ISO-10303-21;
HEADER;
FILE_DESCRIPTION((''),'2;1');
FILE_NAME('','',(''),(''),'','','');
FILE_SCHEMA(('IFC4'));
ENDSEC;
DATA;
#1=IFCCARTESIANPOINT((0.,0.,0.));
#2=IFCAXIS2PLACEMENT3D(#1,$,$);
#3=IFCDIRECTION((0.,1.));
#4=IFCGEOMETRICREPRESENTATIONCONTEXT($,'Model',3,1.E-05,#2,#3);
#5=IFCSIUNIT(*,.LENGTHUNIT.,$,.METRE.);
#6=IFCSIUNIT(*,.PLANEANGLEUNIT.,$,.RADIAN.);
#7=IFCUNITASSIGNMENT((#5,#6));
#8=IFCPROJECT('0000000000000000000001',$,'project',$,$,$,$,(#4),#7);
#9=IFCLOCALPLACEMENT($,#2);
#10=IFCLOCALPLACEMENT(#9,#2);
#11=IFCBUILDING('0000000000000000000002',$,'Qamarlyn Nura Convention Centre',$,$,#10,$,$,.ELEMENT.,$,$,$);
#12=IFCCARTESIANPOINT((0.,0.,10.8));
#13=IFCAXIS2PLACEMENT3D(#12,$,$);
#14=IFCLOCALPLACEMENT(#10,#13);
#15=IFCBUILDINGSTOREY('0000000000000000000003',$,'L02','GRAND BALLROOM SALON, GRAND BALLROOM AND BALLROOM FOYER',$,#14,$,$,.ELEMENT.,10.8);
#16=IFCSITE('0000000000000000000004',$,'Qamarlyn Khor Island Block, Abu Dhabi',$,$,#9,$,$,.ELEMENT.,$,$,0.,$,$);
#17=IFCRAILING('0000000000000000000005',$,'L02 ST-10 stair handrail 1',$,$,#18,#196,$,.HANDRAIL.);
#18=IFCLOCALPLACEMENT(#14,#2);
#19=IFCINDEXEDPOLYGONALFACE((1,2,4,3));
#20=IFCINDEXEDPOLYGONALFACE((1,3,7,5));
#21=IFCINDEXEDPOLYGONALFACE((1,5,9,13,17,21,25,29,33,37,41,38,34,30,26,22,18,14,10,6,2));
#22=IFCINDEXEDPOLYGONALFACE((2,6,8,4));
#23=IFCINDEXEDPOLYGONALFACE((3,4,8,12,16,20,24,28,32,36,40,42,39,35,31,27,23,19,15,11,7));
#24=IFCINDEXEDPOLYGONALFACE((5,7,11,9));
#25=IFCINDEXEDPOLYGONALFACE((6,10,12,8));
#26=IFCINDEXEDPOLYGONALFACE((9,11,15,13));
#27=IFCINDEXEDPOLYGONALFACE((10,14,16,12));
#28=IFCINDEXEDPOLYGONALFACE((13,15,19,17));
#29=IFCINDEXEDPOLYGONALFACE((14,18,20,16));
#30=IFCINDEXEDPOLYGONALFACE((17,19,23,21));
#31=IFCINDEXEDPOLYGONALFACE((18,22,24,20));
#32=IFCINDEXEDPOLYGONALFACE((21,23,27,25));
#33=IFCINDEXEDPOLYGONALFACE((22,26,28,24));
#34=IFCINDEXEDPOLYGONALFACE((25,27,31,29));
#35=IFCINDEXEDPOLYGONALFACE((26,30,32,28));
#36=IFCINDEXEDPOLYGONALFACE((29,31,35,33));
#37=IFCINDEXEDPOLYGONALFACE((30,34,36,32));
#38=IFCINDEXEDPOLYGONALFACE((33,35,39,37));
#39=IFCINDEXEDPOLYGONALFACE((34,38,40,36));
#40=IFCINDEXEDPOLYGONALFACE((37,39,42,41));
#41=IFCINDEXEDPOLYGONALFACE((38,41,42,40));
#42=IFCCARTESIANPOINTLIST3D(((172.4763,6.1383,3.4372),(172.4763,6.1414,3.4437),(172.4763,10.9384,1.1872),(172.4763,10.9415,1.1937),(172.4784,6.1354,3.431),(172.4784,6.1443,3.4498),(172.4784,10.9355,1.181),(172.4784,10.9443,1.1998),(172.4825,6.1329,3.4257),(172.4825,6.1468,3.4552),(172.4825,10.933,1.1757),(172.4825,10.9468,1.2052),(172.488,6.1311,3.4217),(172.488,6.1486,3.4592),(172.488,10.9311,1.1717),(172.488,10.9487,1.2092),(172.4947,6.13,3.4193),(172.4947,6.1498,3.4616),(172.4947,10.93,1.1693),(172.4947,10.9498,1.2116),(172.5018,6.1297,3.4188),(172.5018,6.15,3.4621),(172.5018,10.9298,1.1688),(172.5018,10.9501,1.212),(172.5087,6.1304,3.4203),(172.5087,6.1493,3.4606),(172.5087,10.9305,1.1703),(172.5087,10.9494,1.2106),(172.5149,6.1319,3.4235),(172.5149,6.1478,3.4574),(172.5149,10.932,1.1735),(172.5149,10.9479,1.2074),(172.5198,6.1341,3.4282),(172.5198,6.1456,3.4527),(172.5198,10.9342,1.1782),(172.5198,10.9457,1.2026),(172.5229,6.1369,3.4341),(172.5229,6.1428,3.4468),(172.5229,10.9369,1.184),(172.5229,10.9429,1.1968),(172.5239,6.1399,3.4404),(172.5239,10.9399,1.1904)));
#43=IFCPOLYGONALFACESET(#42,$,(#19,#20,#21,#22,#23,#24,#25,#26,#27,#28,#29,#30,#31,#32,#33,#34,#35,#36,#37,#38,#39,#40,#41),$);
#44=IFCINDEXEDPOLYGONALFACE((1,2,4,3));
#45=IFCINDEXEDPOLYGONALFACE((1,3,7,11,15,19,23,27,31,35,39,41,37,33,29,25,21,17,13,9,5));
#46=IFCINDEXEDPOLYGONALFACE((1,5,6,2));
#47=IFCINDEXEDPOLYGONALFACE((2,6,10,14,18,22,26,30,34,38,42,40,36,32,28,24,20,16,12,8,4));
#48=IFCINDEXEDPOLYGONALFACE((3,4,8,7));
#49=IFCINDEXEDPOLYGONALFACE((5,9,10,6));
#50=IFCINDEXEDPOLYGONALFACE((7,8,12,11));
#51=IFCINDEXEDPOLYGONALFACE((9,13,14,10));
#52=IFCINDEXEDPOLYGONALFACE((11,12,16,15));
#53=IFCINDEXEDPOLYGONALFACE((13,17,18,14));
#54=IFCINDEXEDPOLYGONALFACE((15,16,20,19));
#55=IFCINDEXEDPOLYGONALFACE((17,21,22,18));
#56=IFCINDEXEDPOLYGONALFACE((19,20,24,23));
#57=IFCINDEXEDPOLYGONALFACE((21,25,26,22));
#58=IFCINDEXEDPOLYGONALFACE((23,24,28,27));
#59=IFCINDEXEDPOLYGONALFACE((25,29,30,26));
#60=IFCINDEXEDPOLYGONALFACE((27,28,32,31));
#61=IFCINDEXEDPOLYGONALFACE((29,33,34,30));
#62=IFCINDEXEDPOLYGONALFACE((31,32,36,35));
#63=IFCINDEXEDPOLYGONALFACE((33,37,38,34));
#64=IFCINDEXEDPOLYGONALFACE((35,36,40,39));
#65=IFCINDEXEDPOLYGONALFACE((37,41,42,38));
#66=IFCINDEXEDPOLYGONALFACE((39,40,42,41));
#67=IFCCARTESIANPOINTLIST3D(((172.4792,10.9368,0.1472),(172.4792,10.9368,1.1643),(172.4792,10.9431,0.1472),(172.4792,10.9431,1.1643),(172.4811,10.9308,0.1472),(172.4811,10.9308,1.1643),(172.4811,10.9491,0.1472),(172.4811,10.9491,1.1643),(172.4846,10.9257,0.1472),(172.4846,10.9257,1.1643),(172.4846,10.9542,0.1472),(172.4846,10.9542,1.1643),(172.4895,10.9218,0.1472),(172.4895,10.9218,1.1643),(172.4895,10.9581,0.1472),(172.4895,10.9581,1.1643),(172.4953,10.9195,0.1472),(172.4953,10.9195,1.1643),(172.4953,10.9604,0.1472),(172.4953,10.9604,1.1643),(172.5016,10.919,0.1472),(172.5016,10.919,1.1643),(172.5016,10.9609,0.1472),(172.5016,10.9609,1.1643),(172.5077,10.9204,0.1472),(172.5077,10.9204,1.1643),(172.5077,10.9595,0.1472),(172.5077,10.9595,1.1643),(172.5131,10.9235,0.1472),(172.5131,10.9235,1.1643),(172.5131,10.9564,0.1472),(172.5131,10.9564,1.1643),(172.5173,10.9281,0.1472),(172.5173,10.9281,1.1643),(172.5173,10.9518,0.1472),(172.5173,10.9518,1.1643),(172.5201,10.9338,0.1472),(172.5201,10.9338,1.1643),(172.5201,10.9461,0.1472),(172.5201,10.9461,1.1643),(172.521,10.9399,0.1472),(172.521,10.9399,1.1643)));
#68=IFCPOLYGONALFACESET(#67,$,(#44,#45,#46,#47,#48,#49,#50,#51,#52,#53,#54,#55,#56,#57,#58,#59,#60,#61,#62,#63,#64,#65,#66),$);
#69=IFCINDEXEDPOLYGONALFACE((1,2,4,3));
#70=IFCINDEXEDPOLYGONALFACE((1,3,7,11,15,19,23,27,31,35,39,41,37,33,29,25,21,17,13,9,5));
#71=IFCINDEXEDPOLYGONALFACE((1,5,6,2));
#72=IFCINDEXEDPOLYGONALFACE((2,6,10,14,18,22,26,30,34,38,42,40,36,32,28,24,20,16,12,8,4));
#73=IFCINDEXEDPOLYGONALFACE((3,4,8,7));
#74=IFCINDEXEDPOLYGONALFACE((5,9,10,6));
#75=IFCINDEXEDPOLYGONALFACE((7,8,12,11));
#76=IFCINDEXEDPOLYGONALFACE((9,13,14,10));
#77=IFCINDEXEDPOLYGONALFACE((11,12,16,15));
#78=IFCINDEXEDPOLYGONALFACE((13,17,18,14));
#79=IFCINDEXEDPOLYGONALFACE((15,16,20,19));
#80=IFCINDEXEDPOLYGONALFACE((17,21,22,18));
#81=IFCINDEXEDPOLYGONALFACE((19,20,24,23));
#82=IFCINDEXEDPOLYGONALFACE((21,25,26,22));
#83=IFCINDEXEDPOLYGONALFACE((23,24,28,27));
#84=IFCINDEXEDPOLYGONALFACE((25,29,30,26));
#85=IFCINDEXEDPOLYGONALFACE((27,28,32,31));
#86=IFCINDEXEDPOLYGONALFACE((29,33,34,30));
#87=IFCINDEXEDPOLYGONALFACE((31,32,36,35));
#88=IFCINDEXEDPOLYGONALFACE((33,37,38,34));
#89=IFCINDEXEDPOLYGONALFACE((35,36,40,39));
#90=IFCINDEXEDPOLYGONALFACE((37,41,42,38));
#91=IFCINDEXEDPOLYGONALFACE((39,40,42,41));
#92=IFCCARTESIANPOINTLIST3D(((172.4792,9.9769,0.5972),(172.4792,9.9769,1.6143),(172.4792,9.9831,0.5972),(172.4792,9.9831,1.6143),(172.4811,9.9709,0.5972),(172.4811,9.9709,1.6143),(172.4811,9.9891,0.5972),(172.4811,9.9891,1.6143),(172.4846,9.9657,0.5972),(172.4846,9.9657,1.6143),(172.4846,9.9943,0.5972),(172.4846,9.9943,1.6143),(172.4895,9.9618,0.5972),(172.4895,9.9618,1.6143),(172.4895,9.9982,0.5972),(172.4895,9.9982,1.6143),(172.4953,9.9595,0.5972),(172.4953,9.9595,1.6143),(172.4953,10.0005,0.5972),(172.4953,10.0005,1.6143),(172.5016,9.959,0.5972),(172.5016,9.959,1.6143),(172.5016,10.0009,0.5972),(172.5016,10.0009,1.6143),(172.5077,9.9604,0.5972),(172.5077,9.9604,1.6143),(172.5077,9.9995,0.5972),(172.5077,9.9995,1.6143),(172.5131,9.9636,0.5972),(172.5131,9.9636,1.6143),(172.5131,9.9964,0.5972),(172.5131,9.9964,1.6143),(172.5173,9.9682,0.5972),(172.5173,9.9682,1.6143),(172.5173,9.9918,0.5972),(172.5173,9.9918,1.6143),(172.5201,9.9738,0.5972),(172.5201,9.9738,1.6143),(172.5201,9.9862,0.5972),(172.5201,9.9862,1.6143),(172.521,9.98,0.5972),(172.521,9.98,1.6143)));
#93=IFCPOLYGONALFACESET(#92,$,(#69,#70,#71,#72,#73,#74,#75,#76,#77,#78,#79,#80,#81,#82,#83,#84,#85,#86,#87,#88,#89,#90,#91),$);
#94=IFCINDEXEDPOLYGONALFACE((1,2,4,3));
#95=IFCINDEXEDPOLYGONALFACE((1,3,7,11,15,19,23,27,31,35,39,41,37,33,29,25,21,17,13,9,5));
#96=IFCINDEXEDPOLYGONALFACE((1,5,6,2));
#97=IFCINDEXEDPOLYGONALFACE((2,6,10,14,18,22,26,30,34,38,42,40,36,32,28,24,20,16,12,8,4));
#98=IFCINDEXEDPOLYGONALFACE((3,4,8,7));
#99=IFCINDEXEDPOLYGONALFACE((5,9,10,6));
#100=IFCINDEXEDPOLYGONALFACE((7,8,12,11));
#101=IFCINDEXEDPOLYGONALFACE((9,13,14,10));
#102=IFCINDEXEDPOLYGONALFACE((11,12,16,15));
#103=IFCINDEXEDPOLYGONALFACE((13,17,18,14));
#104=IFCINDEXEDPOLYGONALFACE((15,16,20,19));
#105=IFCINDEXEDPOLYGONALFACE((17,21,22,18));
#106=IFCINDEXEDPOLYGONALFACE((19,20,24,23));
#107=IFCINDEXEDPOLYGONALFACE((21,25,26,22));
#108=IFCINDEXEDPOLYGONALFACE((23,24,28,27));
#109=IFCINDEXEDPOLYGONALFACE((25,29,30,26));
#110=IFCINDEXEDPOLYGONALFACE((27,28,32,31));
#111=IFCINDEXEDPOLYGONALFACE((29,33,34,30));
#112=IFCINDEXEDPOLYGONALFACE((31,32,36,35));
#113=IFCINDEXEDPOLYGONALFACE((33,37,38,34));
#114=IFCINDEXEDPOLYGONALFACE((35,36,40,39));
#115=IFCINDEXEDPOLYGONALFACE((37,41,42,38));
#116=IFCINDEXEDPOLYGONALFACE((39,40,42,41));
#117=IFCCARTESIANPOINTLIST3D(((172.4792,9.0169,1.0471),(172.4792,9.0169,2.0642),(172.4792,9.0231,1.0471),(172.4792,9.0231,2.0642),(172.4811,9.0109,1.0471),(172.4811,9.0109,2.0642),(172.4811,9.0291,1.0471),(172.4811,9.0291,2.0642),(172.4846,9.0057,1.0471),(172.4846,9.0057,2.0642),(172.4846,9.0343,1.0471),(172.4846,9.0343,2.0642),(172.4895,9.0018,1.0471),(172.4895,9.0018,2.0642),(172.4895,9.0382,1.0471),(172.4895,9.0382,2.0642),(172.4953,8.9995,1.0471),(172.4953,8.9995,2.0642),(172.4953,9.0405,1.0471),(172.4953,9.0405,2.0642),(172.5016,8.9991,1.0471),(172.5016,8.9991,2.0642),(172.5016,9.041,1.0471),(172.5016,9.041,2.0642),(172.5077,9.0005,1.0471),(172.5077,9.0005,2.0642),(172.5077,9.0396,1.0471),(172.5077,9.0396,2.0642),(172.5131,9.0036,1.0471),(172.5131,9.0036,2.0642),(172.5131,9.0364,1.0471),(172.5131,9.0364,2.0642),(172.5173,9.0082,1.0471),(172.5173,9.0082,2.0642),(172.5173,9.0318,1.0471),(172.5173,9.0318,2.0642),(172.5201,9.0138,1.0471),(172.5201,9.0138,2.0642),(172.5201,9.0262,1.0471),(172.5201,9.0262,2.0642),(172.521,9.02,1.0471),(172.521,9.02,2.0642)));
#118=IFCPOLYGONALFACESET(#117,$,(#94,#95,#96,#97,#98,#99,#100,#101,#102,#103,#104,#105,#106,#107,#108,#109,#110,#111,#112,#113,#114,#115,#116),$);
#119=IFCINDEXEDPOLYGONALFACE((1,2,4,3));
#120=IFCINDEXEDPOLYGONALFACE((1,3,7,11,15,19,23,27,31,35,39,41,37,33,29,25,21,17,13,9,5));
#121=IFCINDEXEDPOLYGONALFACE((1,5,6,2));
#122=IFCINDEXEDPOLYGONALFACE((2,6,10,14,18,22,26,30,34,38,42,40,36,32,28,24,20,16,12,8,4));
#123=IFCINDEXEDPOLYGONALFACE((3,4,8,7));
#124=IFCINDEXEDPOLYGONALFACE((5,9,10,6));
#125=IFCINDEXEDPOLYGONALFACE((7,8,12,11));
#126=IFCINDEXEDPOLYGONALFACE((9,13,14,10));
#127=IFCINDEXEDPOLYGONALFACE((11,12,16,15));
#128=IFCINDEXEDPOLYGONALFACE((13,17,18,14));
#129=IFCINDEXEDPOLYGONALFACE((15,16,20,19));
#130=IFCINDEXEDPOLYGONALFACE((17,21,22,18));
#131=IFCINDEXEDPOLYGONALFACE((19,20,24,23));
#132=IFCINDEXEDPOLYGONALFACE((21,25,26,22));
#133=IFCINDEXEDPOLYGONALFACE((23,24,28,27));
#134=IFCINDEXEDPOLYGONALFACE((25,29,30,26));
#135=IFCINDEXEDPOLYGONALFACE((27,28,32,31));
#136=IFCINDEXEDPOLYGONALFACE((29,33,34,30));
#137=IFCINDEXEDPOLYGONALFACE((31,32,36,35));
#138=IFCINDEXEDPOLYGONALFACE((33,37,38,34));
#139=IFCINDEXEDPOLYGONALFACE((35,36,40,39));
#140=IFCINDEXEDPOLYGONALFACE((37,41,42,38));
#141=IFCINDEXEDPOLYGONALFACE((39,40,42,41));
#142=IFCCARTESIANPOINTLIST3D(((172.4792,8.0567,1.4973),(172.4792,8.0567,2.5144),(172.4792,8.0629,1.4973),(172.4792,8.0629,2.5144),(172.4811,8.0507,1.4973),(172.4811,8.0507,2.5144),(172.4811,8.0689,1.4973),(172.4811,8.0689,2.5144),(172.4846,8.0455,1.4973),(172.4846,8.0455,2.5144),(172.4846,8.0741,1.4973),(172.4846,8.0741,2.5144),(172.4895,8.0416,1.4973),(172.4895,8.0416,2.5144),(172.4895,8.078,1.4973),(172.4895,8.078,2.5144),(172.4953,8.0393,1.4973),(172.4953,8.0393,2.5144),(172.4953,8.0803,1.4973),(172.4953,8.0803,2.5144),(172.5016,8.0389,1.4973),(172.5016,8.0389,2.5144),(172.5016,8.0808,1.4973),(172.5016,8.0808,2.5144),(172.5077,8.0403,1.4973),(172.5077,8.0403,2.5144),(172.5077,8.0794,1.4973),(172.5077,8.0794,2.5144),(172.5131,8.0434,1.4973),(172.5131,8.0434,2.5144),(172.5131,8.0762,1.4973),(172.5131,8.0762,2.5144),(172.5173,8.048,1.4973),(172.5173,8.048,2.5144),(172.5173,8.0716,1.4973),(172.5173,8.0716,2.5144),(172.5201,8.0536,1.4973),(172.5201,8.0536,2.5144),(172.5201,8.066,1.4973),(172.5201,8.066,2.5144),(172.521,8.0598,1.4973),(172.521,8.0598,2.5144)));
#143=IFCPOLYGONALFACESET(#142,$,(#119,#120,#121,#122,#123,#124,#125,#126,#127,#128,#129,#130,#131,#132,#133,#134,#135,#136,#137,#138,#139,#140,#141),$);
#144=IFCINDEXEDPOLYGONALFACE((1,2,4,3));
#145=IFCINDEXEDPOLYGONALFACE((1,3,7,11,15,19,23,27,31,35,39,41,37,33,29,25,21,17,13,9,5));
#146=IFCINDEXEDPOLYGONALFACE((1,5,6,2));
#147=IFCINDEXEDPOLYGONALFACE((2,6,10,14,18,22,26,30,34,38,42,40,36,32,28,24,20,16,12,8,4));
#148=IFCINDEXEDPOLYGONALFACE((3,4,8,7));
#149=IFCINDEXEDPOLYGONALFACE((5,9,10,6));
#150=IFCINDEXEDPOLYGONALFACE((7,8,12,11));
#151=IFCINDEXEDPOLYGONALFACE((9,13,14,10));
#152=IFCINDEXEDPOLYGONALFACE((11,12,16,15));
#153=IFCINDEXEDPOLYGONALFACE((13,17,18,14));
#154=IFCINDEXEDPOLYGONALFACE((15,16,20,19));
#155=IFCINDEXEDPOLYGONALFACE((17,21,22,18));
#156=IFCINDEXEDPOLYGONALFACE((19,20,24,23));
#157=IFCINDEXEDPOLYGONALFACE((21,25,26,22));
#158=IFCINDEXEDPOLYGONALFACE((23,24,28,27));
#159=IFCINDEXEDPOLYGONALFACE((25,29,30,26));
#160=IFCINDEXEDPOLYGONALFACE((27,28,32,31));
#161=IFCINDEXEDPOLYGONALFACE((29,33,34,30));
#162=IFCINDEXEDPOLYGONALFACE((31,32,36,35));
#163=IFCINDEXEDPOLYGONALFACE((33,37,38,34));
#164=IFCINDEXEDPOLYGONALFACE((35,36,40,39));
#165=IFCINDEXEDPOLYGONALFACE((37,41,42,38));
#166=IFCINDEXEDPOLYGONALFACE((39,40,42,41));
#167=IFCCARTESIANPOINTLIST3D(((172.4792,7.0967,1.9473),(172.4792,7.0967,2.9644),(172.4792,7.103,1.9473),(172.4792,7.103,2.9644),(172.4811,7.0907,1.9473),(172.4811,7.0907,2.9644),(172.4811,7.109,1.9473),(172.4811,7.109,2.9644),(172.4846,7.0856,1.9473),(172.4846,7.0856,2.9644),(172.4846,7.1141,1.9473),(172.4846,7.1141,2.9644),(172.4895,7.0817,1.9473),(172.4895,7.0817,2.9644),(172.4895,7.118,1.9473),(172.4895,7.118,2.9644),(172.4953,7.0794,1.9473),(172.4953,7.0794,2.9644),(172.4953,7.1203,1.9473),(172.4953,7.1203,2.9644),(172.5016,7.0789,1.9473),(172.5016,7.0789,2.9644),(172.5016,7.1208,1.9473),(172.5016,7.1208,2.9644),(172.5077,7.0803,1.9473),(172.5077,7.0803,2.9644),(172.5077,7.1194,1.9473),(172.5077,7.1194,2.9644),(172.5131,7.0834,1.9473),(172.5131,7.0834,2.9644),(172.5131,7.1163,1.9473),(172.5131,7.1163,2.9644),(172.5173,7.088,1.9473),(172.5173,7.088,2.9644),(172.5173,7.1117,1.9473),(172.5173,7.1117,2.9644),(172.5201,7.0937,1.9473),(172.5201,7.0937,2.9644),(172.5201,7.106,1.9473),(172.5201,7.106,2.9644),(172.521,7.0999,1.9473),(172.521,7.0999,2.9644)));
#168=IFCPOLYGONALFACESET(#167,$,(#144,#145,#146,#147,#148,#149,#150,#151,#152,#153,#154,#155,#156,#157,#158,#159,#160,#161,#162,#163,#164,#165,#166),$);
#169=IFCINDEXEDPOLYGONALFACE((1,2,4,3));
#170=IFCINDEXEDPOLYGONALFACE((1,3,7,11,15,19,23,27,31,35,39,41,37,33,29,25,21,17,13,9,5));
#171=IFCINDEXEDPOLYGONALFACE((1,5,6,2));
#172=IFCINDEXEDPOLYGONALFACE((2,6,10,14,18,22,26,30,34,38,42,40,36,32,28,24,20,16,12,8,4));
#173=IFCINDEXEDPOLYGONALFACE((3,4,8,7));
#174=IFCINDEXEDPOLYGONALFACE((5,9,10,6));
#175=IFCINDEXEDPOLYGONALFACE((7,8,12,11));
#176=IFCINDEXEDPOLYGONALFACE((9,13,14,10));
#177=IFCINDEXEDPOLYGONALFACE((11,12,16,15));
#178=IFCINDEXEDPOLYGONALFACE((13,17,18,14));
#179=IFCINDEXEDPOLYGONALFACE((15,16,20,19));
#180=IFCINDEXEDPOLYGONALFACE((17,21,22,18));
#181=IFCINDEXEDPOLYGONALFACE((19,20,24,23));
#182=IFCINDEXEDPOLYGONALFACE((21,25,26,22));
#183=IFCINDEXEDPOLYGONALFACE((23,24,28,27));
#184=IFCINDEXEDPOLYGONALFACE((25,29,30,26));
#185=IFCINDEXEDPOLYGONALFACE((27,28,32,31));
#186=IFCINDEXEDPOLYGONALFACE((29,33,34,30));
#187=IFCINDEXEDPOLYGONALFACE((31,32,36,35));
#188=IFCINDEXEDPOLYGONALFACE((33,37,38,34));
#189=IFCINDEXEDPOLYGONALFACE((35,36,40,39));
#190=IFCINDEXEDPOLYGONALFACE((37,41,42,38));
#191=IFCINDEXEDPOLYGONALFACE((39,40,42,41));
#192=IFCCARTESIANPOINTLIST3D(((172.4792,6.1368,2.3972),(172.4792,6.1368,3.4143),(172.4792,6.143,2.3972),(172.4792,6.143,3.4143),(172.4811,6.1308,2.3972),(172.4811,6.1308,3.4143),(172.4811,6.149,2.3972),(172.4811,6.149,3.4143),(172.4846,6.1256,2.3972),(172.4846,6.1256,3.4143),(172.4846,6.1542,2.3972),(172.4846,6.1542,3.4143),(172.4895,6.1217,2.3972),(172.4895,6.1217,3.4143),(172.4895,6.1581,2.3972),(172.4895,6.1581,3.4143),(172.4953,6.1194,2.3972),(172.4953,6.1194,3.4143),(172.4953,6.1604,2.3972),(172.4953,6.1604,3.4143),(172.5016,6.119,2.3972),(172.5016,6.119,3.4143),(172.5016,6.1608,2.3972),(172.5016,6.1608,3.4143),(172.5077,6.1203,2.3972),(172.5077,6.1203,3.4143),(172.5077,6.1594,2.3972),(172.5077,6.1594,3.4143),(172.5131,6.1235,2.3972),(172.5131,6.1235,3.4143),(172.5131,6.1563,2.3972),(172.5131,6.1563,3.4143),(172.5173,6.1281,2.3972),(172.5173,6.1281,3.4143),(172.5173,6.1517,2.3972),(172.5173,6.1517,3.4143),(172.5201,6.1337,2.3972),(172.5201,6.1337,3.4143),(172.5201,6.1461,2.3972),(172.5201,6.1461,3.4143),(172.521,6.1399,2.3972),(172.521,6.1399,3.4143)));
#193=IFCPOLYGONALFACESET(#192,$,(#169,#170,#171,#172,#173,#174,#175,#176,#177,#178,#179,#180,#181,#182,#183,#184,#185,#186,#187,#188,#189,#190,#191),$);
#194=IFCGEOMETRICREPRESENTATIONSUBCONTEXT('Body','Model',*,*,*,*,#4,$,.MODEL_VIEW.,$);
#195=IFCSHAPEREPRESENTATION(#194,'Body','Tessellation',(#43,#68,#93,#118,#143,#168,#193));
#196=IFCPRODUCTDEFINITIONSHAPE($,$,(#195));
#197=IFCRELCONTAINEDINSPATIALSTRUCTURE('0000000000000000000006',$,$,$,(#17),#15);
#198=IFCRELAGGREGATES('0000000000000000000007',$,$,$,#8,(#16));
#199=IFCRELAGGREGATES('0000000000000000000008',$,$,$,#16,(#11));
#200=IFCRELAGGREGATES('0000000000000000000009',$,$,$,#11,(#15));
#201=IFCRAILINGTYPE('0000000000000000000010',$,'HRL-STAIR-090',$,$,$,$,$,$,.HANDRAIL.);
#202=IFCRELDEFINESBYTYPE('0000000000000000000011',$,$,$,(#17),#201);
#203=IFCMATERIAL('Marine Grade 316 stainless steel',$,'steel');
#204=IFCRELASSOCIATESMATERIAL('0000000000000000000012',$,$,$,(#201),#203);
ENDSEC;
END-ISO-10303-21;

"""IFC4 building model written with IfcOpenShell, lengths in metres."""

from ifc_helpers import new_model, si_unit, direction, frame, origin, origin_2d, place, context, subcontext, project, spatial, circle, extrude, material, type_object, element, save


model = new_model("IFC4")

# Units and contexts
model_context = context("Model", 3, precision=1e-05, world=origin(), true_north=direction((0.0, 1.0)))
body_context = subcontext(model_context, "Body", "Model", "MODEL_VIEW")
ifc_project = project(units=[si_unit("LENGTHUNIT", "METRE"), si_unit("PLANEANGLEUNIT", "RADIAN")], contexts=[model_context])

# Site, building, storey
site_placement = place(None, origin())
site = spatial("IfcSite", under=ifc_project, at=site_placement, Name="Qamarlyn Khor Island Block, Abu Dhabi", CompositionType="ELEMENT", RefElevation=0.0)
building_placement = place(site_placement, origin())
building = spatial("IfcBuilding", under=site, at=building_placement, Name="Qamarlyn Nura Convention Centre", CompositionType="ELEMENT")
storey_placement = place(building_placement, frame((0.0, 0.0, 10.8)))
storey = spatial("IfcBuildingStorey", under=building, at=storey_placement, Name="L02", Description="GRAND BALLROOM SALON, GRAND BALLROOM AND BALLROOM FOYER", CompositionType="ELEMENT", Elevation=10.8)

# Railing
ifc_material_1 = material(Name="Marine Grade 316 stainless steel", Category="steel")
railing_type_1 = type_object("IfcRailingType", Name="HRL-STAIR-090", PredefinedType="HANDRAIL", material=ifc_material_1)
railing_1_placement = place(storey_placement, frame((172.5, 10.9399, 0.3022)))
element("IfcRailing", 1, at=railing_1_placement, inside=storey, type_object=railing_type_1, Name="L02 ST-10 stair handrail 1", PredefinedType="HANDRAIL", context=body_context, shape_type="SweptSolid", body=[
    extrude(circle(Radius=0.0239, at=origin_2d()), frame((0.0, 0.0, 0.8882), z_axis=(0.0, -0.905461, 0.42443), x_axis=(1.0, 0.0, 0.0)), (0.0, 0.0, 1.0), 5.3013),
    extrude(circle(Radius=0.021, at=origin_2d()), frame((0.0, 0.0, -0.155)), (0.0, 0.0, 1.0), 1.0171),
    extrude(circle(Radius=0.021, at=origin_2d()), frame((0.0, -0.96, 0.2949)), (0.0, 0.0, 1.0), 1.0171),
    extrude(circle(Radius=0.021, at=origin_2d()), frame((0.0, -1.9199, 0.7449)), (0.0, 0.0, 1.0), 1.0171),
    extrude(circle(Radius=0.021, at=origin_2d()), frame((0.0, -2.8801, 1.1951)), (0.0, 0.0, 1.0), 1.0171),
    extrude(circle(Radius=0.021, at=origin_2d()), frame((0.0, -3.8401, 1.645)), (0.0, 0.0, 1.0), 1.0171),
    extrude(circle(Radius=0.021, at=origin_2d()), frame((0.0, -4.8, 2.095)), (0.0, 0.0, 1.0), 1.0171),
])

save(model, "model.ifc")
